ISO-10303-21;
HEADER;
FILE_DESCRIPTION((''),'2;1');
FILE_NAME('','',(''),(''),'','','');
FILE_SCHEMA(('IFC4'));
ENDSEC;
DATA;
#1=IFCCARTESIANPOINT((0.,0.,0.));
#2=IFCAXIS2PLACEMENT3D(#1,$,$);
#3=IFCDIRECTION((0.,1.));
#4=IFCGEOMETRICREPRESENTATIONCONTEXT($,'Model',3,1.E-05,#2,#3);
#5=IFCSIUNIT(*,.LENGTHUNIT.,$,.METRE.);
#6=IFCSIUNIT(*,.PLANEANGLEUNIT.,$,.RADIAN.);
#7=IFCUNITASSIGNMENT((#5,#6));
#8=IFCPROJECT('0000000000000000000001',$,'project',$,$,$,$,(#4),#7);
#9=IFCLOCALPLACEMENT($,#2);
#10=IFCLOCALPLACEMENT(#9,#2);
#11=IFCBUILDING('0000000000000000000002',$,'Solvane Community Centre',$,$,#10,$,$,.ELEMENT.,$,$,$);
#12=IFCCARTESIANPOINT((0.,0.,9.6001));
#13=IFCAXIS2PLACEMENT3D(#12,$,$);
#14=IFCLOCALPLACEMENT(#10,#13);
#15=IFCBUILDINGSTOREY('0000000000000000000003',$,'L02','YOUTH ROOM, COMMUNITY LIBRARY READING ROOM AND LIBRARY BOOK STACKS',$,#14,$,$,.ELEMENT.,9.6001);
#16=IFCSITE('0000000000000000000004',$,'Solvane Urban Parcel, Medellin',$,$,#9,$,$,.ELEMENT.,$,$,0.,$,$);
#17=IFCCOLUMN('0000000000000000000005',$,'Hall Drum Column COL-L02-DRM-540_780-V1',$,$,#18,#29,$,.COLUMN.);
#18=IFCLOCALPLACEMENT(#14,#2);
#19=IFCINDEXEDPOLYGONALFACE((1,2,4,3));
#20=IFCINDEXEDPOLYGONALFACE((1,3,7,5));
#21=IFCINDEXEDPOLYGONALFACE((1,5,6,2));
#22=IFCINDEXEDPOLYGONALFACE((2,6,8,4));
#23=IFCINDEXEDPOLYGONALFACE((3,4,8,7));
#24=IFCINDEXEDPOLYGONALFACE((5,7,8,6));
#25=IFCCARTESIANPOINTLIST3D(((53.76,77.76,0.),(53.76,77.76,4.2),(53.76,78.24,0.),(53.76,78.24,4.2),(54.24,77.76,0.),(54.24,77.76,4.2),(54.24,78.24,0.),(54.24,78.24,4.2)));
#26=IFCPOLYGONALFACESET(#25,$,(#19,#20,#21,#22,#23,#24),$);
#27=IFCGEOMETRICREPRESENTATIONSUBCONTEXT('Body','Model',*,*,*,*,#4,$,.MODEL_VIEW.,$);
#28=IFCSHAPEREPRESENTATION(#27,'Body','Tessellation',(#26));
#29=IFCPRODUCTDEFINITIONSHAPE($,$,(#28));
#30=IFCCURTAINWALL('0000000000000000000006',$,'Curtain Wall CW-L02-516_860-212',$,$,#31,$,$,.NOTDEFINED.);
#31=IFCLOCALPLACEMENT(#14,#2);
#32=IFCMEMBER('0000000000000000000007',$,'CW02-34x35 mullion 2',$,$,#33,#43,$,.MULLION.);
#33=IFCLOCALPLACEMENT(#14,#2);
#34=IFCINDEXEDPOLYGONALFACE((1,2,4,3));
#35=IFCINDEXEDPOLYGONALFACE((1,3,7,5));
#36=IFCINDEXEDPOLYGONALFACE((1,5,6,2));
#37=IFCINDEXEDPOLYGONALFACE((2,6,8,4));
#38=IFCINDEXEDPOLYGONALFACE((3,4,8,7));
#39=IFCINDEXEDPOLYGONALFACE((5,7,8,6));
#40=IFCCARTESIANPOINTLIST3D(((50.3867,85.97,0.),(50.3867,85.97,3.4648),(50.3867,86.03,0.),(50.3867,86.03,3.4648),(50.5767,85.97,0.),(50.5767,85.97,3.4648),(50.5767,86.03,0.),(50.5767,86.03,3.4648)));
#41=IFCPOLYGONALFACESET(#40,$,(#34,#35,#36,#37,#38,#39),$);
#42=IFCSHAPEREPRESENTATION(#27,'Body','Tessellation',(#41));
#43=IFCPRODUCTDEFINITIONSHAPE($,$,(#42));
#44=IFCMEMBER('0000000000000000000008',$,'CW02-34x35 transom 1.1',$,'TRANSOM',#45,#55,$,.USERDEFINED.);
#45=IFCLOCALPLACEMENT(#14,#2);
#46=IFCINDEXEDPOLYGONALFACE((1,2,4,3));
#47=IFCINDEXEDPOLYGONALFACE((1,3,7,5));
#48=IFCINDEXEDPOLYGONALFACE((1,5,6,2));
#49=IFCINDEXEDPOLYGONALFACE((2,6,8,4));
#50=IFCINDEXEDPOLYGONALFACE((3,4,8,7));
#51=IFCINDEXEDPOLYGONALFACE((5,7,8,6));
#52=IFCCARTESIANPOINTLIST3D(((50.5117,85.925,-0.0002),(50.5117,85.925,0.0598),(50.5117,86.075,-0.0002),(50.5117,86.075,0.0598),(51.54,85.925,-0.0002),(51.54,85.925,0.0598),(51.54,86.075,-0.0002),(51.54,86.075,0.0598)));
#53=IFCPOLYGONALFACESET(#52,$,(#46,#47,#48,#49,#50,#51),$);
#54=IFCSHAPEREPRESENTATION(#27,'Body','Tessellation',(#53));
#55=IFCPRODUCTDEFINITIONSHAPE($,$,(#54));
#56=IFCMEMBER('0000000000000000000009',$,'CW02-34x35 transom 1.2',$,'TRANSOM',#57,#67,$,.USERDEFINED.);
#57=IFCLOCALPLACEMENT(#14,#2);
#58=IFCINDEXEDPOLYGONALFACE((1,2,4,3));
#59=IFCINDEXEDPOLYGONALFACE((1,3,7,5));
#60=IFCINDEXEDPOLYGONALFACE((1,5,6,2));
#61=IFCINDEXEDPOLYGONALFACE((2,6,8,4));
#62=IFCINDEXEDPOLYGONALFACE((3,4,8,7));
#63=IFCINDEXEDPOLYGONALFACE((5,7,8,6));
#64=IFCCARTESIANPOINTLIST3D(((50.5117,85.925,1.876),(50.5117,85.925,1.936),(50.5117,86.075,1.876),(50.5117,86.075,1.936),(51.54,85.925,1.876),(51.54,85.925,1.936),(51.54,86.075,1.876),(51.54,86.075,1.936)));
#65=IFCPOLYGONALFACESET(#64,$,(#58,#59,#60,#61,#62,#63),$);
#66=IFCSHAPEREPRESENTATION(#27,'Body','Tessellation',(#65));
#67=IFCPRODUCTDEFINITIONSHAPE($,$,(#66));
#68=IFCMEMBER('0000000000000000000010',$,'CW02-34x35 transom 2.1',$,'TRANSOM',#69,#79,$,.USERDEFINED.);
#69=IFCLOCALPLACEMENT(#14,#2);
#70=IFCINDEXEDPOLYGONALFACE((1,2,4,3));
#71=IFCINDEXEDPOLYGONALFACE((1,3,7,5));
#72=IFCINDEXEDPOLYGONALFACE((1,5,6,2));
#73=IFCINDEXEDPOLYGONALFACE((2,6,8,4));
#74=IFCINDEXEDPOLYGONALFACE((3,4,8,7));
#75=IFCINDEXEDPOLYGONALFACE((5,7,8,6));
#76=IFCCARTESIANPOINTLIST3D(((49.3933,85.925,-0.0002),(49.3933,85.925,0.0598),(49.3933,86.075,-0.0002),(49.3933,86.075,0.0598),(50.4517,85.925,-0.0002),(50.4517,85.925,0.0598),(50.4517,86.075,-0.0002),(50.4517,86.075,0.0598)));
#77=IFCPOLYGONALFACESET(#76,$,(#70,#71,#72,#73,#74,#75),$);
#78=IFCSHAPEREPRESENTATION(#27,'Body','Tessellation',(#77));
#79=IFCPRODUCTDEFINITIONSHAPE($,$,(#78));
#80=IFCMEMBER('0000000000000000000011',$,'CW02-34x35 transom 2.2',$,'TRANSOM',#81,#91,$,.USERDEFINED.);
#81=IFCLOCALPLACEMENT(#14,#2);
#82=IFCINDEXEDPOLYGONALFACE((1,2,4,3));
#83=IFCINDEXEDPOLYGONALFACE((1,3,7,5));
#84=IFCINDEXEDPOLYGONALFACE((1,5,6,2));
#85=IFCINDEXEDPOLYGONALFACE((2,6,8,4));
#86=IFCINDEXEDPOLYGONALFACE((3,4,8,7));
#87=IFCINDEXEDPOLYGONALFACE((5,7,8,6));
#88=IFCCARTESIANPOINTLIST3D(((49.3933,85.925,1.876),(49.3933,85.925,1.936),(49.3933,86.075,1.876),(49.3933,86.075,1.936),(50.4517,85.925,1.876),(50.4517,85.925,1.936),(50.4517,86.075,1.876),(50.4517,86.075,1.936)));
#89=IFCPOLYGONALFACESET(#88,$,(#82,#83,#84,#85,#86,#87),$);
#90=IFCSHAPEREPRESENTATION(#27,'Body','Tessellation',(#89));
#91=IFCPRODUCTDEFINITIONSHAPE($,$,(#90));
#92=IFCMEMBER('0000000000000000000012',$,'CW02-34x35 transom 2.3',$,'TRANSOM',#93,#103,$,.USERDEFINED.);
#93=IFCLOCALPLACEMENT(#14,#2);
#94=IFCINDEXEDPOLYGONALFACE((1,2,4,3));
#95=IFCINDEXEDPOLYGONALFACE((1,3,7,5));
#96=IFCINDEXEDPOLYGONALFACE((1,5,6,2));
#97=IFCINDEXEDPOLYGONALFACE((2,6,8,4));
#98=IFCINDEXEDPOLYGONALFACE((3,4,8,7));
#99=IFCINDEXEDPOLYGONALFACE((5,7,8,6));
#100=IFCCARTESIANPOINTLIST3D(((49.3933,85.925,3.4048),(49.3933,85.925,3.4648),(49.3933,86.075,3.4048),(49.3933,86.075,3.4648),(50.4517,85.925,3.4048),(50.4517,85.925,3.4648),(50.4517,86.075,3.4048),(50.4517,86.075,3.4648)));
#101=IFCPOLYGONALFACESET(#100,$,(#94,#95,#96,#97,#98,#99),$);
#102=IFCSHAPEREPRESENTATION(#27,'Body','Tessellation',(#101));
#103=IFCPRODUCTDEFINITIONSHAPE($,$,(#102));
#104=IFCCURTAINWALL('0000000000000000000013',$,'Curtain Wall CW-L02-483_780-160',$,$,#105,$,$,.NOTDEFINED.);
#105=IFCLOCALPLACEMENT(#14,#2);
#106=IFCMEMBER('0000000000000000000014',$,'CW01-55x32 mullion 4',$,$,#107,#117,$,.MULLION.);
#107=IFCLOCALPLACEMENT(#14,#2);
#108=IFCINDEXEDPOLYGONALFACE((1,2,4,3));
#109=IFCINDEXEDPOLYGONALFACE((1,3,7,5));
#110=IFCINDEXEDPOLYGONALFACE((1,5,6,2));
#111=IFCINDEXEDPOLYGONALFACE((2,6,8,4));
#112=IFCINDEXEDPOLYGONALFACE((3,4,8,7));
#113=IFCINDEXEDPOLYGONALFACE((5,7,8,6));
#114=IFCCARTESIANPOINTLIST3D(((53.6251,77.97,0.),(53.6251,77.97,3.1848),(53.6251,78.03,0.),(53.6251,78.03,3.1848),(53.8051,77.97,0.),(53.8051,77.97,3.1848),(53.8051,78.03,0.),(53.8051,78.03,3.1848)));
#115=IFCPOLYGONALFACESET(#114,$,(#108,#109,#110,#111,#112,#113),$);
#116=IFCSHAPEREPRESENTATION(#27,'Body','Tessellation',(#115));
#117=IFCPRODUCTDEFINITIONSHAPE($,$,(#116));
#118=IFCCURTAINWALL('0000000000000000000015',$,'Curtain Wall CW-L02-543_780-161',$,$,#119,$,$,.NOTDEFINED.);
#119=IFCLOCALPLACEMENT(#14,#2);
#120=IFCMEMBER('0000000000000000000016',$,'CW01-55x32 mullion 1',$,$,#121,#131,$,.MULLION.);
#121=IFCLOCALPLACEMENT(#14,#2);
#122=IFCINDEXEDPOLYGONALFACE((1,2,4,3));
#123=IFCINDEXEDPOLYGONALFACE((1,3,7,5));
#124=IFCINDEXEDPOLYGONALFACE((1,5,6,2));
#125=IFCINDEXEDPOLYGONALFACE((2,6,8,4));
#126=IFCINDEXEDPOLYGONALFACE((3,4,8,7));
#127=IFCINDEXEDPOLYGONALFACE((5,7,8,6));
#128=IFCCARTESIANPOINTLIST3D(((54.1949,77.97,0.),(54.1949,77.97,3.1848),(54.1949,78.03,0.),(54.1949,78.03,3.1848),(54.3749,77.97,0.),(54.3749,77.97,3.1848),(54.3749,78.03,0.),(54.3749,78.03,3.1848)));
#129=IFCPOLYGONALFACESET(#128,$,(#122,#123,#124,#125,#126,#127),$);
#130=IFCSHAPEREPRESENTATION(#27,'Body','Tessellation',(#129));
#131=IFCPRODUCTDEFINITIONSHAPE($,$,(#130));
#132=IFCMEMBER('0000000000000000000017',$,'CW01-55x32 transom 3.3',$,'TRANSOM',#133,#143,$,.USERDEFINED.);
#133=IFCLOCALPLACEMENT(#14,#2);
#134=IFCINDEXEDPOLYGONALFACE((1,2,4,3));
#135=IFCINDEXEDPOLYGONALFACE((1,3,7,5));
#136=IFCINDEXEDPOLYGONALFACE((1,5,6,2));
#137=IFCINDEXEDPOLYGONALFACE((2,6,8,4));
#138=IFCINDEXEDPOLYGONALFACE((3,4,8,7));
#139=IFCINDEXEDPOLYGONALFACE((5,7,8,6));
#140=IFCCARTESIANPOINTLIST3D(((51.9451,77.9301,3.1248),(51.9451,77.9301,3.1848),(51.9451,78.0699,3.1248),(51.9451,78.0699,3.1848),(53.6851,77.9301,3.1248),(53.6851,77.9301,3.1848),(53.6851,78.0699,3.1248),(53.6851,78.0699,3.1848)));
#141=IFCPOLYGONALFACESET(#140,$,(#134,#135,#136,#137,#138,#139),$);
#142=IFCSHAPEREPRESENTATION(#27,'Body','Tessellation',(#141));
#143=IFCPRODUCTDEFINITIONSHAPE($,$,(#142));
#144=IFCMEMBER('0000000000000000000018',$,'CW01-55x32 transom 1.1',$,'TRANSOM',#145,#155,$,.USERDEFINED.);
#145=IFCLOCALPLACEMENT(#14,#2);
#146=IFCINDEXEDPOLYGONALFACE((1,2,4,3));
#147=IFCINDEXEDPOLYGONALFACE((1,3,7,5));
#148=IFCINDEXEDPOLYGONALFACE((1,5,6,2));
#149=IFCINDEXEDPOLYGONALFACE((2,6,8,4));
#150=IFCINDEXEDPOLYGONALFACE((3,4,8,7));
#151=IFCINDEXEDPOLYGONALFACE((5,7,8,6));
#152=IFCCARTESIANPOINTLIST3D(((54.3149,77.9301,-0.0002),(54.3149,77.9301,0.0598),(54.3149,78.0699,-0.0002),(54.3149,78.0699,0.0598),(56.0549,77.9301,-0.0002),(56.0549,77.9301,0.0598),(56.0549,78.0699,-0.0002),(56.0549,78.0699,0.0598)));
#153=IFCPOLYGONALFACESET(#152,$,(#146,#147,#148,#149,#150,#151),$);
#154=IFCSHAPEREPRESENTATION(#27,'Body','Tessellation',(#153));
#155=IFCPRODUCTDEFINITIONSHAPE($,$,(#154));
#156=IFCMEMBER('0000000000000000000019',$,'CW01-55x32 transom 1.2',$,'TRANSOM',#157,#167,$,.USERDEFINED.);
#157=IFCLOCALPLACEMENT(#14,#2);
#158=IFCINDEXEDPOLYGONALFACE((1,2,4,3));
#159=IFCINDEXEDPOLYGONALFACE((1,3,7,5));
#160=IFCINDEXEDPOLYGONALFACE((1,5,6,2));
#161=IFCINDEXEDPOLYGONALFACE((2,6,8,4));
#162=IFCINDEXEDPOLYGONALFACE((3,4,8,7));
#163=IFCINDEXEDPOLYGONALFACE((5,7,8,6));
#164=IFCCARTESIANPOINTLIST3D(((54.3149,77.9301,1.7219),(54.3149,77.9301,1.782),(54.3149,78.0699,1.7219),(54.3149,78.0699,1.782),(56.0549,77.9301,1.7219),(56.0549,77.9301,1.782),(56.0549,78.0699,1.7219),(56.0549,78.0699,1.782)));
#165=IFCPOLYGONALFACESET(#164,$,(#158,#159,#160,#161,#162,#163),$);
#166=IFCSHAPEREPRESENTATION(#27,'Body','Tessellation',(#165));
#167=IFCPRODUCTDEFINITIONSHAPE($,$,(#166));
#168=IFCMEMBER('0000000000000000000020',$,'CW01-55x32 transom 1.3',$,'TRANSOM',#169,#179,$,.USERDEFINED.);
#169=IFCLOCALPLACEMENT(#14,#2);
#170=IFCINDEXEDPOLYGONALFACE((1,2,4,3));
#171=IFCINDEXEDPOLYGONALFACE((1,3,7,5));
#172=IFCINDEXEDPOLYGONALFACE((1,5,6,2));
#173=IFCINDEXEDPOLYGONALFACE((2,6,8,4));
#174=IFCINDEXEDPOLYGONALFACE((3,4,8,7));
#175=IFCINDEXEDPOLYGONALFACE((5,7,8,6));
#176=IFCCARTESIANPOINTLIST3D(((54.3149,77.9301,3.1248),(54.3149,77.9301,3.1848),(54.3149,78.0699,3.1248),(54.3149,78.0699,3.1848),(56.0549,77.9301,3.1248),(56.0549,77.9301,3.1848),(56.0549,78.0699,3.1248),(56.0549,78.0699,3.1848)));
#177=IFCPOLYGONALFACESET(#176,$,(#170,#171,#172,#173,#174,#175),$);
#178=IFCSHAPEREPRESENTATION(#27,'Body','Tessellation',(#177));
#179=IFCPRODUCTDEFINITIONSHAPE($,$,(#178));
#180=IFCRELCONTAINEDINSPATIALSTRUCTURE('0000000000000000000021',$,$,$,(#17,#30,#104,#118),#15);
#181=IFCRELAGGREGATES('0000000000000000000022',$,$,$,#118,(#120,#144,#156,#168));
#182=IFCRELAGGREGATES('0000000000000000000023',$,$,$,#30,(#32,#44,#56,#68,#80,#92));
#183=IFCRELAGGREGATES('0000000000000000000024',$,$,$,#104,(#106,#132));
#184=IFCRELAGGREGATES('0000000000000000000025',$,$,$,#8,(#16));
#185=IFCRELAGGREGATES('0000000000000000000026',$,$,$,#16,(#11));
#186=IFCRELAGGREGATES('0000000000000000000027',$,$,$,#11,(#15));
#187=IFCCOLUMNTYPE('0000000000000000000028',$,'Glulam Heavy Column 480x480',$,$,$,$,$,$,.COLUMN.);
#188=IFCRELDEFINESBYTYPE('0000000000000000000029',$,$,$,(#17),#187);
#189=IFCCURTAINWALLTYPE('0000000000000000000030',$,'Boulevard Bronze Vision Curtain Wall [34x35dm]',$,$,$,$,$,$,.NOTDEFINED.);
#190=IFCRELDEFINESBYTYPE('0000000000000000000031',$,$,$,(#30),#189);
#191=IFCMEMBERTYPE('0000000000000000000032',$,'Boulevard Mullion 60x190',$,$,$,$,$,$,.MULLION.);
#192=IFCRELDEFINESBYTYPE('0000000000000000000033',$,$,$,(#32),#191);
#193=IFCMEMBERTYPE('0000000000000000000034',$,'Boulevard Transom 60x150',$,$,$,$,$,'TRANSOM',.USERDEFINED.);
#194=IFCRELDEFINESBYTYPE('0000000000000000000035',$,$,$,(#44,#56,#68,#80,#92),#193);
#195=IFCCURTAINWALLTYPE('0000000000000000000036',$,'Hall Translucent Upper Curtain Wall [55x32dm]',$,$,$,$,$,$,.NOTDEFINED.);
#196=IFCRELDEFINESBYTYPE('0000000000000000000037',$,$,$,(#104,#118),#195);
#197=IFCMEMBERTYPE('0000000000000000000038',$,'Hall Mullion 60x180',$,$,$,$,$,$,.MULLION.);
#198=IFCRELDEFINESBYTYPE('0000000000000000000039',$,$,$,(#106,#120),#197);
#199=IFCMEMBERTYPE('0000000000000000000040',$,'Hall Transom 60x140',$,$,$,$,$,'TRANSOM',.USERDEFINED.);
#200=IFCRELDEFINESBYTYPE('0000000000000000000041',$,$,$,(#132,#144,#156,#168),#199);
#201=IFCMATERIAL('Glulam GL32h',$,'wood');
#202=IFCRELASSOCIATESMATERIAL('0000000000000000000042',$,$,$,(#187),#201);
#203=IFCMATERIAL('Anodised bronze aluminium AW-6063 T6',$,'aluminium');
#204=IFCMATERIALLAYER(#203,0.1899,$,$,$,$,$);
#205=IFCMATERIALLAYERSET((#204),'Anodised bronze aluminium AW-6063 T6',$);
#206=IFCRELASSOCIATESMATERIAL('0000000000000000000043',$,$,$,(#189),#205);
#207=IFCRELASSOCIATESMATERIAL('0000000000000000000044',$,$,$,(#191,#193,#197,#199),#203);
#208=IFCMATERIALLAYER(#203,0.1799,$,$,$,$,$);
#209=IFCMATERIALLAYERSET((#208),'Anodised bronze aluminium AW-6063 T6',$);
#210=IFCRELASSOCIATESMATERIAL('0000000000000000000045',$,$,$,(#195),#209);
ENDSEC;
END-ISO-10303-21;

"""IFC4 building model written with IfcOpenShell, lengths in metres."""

from ifc_helpers import new_model, si_unit, direction, frame, origin, origin_2d, place, context, subcontext, project, spatial, rectangle, extrude, material, layer, layer_set, material_profile, profile_set, type_object, element, aggregate, save


model = new_model("IFC4")

# Units and contexts
model_context = context("Model", 3, precision=1e-05, world=origin(), true_north=direction((0.0, 1.0)))
body_context = subcontext(model_context, "Body", "Model", "MODEL_VIEW")
ifc_project = project(units=[si_unit("LENGTHUNIT", "METRE"), si_unit("PLANEANGLEUNIT", "RADIAN")], contexts=[model_context])

# Site, building, storey
site_placement = place(None, origin())
site = spatial("IfcSite", under=ifc_project, at=site_placement, Name="Solvane Urban Parcel, Medellin", CompositionType="ELEMENT", RefElevation=0.0)
building_placement = place(site_placement, origin())
building = spatial("IfcBuilding", under=site, at=building_placement, Name="Solvane Community Centre", CompositionType="ELEMENT")
storey_placement = place(building_placement, frame((0.0, 0.0, 9.6001)))
storey = spatial("IfcBuildingStorey", under=building, at=storey_placement, Name="L02", Description="YOUTH ROOM, COMMUNITY LIBRARY READING ROOM AND LIBRARY BOOK STACKS", CompositionType="ELEMENT", Elevation=9.6001)

# Column
ifc_material_1 = material(Name="Glulam GL32h", Category="wood")
ifc_material_profile_1 = material_profile(ifc_material_1, rectangle(XDim=0.48, YDim=0.48, at=origin_2d()), Name="GL32h 480x480")
ifc_profile_set_1 = profile_set([ifc_material_profile_1], Name="Glulam GL32h")
column_type = type_object("IfcColumnType", Name="Glulam Heavy Column 480x480", PredefinedType="COLUMN", material=ifc_profile_set_1)
column_placement = place(storey_placement, frame((54.0, 78.0, 0.0), z_axis=(0.0, 0.0, 1.0), x_axis=(1.0, 0.0, 0.0)))
element("IfcColumn", 1, at=column_placement, inside=storey, type_object=column_type, Name="Hall Drum Column COL-L02-DRM-540_780-V1", PredefinedType="COLUMN", context=body_context, shape_type="SweptSolid", body=[
    extrude(rectangle(XDim=0.48, YDim=0.48, at=origin_2d()), origin(), (0.0, 0.0, 1.0), 4.2),
])

# Curtain wall, members
ifc_material_2 = material(Name="Anodised bronze aluminium AW-6063 T6", Category="aluminium")
ifc_layer_1 = layer(ifc_material_2, 0.1899)
ifc_layer_set_1 = layer_set([ifc_layer_1], Name="Anodised bronze aluminium AW-6063 T6")
curtain_wall_type_1 = type_object("IfcCurtainWallType", Name="Boulevard Bronze Vision Curtain Wall [34x35dm]", PredefinedType="NOTDEFINED", material=ifc_layer_set_1)
curtain_wall_1_placement = place(storey_placement, origin())
curtain_wall_1 = element("IfcCurtainWall", 2, at=curtain_wall_1_placement, inside=storey, type_object=curtain_wall_type_1, Name="Curtain Wall CW-L02-516_860-212", PredefinedType="NOTDEFINED")
ifc_material_profile_2 = material_profile(ifc_material_2, rectangle(XDim=0.0601, YDim=0.1899, at=origin_2d()), Name="CW-M 60x190")
ifc_profile_set_2 = profile_set([ifc_material_profile_2], Name="Anodised bronze aluminium AW-6063 T6")
member_type_1 = type_object("IfcMemberType", Name="Boulevard Mullion 60x190", PredefinedType="MULLION", material=ifc_profile_set_2)
member_1_placement = place(storey_placement, frame((50.4817, 86.0, 0.0), z_axis=(0.0, 0.0, 1.0), x_axis=(0.0, -1.0, 0.0)))
member_1 = element("IfcMember", 3, at=member_1_placement, type_object=member_type_1, Name="CW02-34x35 mullion 2", PredefinedType="MULLION", context=body_context, shape_type="SweptSolid", body=[
    extrude(rectangle(XDim=0.0601, YDim=0.1899, at=origin_2d()), origin(), (0.0, 0.0, 1.0), 3.4648),
])
ifc_material_profile_3 = material_profile(ifc_material_2, rectangle(XDim=0.1499, YDim=0.0601, at=origin_2d()), Name="CW-T 60x150")
ifc_profile_set_3 = profile_set([ifc_material_profile_3], Name="Anodised bronze aluminium AW-6063 T6")
member_type_2 = type_object("IfcMemberType", Name="Boulevard Transom 60x150", ElementType="TRANSOM", PredefinedType="USERDEFINED", material=ifc_profile_set_3)
member_2_placement = place(storey_placement, frame((51.54, 86.0, 0.0298), z_axis=(-1.0, 0.0, 0.0), x_axis=(0.0, -1.0, 0.0)))
member_2 = element("IfcMember", 4, at=member_2_placement, type_object=member_type_2, Name="CW02-34x35 transom 1.1", ObjectType="TRANSOM", PredefinedType="USERDEFINED", context=body_context, shape_type="SweptSolid", body=[
    extrude(rectangle(XDim=0.1499, YDim=0.0601, at=origin_2d()), origin(), (0.0, 0.0, 1.0), 1.0283),
])
member_3_placement = place(storey_placement, frame((51.54, 86.0, 1.906), z_axis=(-1.0, 0.0, 0.0), x_axis=(0.0, -1.0, 0.0)))
member_3 = element("IfcMember", 5, at=member_3_placement, type_object=member_type_2, Name="CW02-34x35 transom 1.2", ObjectType="TRANSOM", PredefinedType="USERDEFINED", context=body_context, shape_type="SweptSolid", body=[
    extrude(rectangle(XDim=0.1499, YDim=0.0601, at=origin_2d()), origin(), (0.0, 0.0, 1.0), 1.0283),
])
member_4_placement = place(storey_placement, frame((50.4517, 86.0, 0.0298), z_axis=(-1.0, 0.0, 0.0), x_axis=(0.0, -1.0, 0.0)))
member_4 = element("IfcMember", 6, at=member_4_placement, type_object=member_type_2, Name="CW02-34x35 transom 2.1", ObjectType="TRANSOM", PredefinedType="USERDEFINED", context=body_context, shape_type="SweptSolid", body=[
    extrude(rectangle(XDim=0.1499, YDim=0.0601, at=origin_2d()), origin(), (0.0, 0.0, 1.0), 1.0583),
])
member_5_placement = place(storey_placement, frame((50.4517, 86.0, 1.906), z_axis=(-1.0, 0.0, 0.0), x_axis=(0.0, -1.0, 0.0)))
member_5 = element("IfcMember", 7, at=member_5_placement, type_object=member_type_2, Name="CW02-34x35 transom 2.2", ObjectType="TRANSOM", PredefinedType="USERDEFINED", context=body_context, shape_type="SweptSolid", body=[
    extrude(rectangle(XDim=0.1499, YDim=0.0601, at=origin_2d()), origin(), (0.0, 0.0, 1.0), 1.0583),
])
member_6_placement = place(storey_placement, frame((50.4517, 86.0, 3.4348), z_axis=(-1.0, 0.0, 0.0), x_axis=(0.0, -1.0, 0.0)))
member_6 = element("IfcMember", 8, at=member_6_placement, type_object=member_type_2, Name="CW02-34x35 transom 2.3", ObjectType="TRANSOM", PredefinedType="USERDEFINED", context=body_context, shape_type="SweptSolid", body=[
    extrude(rectangle(XDim=0.1499, YDim=0.0601, at=origin_2d()), origin(), (0.0, 0.0, 1.0), 1.0583),
])

# Curtain walls, members
ifc_layer_2 = layer(ifc_material_2, 0.1799)
ifc_layer_set_2 = layer_set([ifc_layer_2], Name="Anodised bronze aluminium AW-6063 T6")
curtain_wall_type_2 = type_object("IfcCurtainWallType", Name="Hall Translucent Upper Curtain Wall [55x32dm]", PredefinedType="NOTDEFINED", material=ifc_layer_set_2)
curtain_wall_2_placement = place(storey_placement, origin())
curtain_wall_2 = element("IfcCurtainWall", 9, at=curtain_wall_2_placement, inside=storey, type_object=curtain_wall_type_2, Name="Curtain Wall CW-L02-483_780-160", PredefinedType="NOTDEFINED")
ifc_material_profile_4 = material_profile(ifc_material_2, rectangle(XDim=0.0601, YDim=0.1799, at=origin_2d()), Name="CW-M 60x180")
ifc_profile_set_4 = profile_set([ifc_material_profile_4], Name="Anodised bronze aluminium AW-6063 T6")
member_type_3 = type_object("IfcMemberType", Name="Hall Mullion 60x180", PredefinedType="MULLION", material=ifc_profile_set_4)
member_7_placement = place(storey_placement, frame((53.7151, 78.0, 0.0), z_axis=(0.0, 0.0, 1.0), x_axis=(0.0, 1.0, 0.0)))
member_7 = element("IfcMember", 10, at=member_7_placement, type_object=member_type_3, Name="CW01-55x32 mullion 4", PredefinedType="MULLION", context=body_context, shape_type="SweptSolid", body=[
    extrude(rectangle(XDim=0.0601, YDim=0.1799, at=origin_2d()), origin(), (0.0, 0.0, 1.0), 3.1848),
])
curtain_wall_3_placement = place(storey_placement, origin())
curtain_wall_3 = element("IfcCurtainWall", 11, at=curtain_wall_3_placement, inside=storey, type_object=curtain_wall_type_2, Name="Curtain Wall CW-L02-543_780-161", PredefinedType="NOTDEFINED")
member_8_placement = place(storey_placement, frame((54.2849, 78.0, 0.0), z_axis=(0.0, 0.0, 1.0), x_axis=(0.0, 1.0, 0.0)))
member_8 = element("IfcMember", 12, at=member_8_placement, type_object=member_type_3, Name="CW01-55x32 mullion 1", PredefinedType="MULLION", context=body_context, shape_type="SweptSolid", body=[
    extrude(rectangle(XDim=0.0601, YDim=0.1799, at=origin_2d()), origin(), (0.0, 0.0, 1.0), 3.1848),
])

# Members
ifc_material_profile_5 = material_profile(ifc_material_2, rectangle(XDim=0.1399, YDim=0.0601, at=origin_2d()), Name="CW-T 60x140")
ifc_profile_set_5 = profile_set([ifc_material_profile_5], Name="Anodised bronze aluminium AW-6063 T6")
member_type_4 = type_object("IfcMemberType", Name="Hall Transom 60x140", ElementType="TRANSOM", PredefinedType="USERDEFINED", material=ifc_profile_set_5)
member_9_placement = place(storey_placement, frame((51.9451, 78.0, 3.1548), z_axis=(1.0, 0.0, 0.0), x_axis=(0.0, 1.0, 0.0)))
member_9 = element("IfcMember", 13, at=member_9_placement, type_object=member_type_4, Name="CW01-55x32 transom 3.3", ObjectType="TRANSOM", PredefinedType="USERDEFINED", context=body_context, shape_type="SweptSolid", body=[
    extrude(rectangle(XDim=0.1399, YDim=0.0601, at=origin_2d()), origin(), (0.0, 0.0, 1.0), 1.74),
])
member_10_placement = place(storey_placement, frame((54.3149, 78.0, 0.0298), z_axis=(1.0, 0.0, 0.0), x_axis=(0.0, 1.0, 0.0)))
member_10 = element("IfcMember", 14, at=member_10_placement, type_object=member_type_4, Name="CW01-55x32 transom 1.1", ObjectType="TRANSOM", PredefinedType="USERDEFINED", context=body_context, shape_type="SweptSolid", body=[
    extrude(rectangle(XDim=0.1399, YDim=0.0601, at=origin_2d()), origin(), (0.0, 0.0, 1.0), 1.74),
])
member_11_placement = place(storey_placement, frame((54.3149, 78.0, 1.752), z_axis=(1.0, 0.0, 0.0), x_axis=(0.0, 1.0, 0.0)))
member_11 = element("IfcMember", 15, at=member_11_placement, type_object=member_type_4, Name="CW01-55x32 transom 1.2", ObjectType="TRANSOM", PredefinedType="USERDEFINED", context=body_context, shape_type="SweptSolid", body=[
    extrude(rectangle(XDim=0.1399, YDim=0.0601, at=origin_2d()), origin(), (0.0, 0.0, 1.0), 1.74),
])
member_12_placement = place(storey_placement, frame((54.3149, 78.0, 3.1548), z_axis=(1.0, 0.0, 0.0), x_axis=(0.0, 1.0, 0.0)))
member_12 = element("IfcMember", 16, at=member_12_placement, type_object=member_type_4, Name="CW01-55x32 transom 1.3", ObjectType="TRANSOM", PredefinedType="USERDEFINED", context=body_context, shape_type="SweptSolid", body=[
    extrude(rectangle(XDim=0.1399, YDim=0.0601, at=origin_2d()), origin(), (0.0, 0.0, 1.0), 1.74),
])
aggregate(curtain_wall_3, [member_8, member_10, member_11, member_12])

aggregate(curtain_wall_1, [member_1, member_2, member_3, member_4, member_5, member_6])
aggregate(curtain_wall_2, [member_7, member_9])

save(model, "model.ifc")
